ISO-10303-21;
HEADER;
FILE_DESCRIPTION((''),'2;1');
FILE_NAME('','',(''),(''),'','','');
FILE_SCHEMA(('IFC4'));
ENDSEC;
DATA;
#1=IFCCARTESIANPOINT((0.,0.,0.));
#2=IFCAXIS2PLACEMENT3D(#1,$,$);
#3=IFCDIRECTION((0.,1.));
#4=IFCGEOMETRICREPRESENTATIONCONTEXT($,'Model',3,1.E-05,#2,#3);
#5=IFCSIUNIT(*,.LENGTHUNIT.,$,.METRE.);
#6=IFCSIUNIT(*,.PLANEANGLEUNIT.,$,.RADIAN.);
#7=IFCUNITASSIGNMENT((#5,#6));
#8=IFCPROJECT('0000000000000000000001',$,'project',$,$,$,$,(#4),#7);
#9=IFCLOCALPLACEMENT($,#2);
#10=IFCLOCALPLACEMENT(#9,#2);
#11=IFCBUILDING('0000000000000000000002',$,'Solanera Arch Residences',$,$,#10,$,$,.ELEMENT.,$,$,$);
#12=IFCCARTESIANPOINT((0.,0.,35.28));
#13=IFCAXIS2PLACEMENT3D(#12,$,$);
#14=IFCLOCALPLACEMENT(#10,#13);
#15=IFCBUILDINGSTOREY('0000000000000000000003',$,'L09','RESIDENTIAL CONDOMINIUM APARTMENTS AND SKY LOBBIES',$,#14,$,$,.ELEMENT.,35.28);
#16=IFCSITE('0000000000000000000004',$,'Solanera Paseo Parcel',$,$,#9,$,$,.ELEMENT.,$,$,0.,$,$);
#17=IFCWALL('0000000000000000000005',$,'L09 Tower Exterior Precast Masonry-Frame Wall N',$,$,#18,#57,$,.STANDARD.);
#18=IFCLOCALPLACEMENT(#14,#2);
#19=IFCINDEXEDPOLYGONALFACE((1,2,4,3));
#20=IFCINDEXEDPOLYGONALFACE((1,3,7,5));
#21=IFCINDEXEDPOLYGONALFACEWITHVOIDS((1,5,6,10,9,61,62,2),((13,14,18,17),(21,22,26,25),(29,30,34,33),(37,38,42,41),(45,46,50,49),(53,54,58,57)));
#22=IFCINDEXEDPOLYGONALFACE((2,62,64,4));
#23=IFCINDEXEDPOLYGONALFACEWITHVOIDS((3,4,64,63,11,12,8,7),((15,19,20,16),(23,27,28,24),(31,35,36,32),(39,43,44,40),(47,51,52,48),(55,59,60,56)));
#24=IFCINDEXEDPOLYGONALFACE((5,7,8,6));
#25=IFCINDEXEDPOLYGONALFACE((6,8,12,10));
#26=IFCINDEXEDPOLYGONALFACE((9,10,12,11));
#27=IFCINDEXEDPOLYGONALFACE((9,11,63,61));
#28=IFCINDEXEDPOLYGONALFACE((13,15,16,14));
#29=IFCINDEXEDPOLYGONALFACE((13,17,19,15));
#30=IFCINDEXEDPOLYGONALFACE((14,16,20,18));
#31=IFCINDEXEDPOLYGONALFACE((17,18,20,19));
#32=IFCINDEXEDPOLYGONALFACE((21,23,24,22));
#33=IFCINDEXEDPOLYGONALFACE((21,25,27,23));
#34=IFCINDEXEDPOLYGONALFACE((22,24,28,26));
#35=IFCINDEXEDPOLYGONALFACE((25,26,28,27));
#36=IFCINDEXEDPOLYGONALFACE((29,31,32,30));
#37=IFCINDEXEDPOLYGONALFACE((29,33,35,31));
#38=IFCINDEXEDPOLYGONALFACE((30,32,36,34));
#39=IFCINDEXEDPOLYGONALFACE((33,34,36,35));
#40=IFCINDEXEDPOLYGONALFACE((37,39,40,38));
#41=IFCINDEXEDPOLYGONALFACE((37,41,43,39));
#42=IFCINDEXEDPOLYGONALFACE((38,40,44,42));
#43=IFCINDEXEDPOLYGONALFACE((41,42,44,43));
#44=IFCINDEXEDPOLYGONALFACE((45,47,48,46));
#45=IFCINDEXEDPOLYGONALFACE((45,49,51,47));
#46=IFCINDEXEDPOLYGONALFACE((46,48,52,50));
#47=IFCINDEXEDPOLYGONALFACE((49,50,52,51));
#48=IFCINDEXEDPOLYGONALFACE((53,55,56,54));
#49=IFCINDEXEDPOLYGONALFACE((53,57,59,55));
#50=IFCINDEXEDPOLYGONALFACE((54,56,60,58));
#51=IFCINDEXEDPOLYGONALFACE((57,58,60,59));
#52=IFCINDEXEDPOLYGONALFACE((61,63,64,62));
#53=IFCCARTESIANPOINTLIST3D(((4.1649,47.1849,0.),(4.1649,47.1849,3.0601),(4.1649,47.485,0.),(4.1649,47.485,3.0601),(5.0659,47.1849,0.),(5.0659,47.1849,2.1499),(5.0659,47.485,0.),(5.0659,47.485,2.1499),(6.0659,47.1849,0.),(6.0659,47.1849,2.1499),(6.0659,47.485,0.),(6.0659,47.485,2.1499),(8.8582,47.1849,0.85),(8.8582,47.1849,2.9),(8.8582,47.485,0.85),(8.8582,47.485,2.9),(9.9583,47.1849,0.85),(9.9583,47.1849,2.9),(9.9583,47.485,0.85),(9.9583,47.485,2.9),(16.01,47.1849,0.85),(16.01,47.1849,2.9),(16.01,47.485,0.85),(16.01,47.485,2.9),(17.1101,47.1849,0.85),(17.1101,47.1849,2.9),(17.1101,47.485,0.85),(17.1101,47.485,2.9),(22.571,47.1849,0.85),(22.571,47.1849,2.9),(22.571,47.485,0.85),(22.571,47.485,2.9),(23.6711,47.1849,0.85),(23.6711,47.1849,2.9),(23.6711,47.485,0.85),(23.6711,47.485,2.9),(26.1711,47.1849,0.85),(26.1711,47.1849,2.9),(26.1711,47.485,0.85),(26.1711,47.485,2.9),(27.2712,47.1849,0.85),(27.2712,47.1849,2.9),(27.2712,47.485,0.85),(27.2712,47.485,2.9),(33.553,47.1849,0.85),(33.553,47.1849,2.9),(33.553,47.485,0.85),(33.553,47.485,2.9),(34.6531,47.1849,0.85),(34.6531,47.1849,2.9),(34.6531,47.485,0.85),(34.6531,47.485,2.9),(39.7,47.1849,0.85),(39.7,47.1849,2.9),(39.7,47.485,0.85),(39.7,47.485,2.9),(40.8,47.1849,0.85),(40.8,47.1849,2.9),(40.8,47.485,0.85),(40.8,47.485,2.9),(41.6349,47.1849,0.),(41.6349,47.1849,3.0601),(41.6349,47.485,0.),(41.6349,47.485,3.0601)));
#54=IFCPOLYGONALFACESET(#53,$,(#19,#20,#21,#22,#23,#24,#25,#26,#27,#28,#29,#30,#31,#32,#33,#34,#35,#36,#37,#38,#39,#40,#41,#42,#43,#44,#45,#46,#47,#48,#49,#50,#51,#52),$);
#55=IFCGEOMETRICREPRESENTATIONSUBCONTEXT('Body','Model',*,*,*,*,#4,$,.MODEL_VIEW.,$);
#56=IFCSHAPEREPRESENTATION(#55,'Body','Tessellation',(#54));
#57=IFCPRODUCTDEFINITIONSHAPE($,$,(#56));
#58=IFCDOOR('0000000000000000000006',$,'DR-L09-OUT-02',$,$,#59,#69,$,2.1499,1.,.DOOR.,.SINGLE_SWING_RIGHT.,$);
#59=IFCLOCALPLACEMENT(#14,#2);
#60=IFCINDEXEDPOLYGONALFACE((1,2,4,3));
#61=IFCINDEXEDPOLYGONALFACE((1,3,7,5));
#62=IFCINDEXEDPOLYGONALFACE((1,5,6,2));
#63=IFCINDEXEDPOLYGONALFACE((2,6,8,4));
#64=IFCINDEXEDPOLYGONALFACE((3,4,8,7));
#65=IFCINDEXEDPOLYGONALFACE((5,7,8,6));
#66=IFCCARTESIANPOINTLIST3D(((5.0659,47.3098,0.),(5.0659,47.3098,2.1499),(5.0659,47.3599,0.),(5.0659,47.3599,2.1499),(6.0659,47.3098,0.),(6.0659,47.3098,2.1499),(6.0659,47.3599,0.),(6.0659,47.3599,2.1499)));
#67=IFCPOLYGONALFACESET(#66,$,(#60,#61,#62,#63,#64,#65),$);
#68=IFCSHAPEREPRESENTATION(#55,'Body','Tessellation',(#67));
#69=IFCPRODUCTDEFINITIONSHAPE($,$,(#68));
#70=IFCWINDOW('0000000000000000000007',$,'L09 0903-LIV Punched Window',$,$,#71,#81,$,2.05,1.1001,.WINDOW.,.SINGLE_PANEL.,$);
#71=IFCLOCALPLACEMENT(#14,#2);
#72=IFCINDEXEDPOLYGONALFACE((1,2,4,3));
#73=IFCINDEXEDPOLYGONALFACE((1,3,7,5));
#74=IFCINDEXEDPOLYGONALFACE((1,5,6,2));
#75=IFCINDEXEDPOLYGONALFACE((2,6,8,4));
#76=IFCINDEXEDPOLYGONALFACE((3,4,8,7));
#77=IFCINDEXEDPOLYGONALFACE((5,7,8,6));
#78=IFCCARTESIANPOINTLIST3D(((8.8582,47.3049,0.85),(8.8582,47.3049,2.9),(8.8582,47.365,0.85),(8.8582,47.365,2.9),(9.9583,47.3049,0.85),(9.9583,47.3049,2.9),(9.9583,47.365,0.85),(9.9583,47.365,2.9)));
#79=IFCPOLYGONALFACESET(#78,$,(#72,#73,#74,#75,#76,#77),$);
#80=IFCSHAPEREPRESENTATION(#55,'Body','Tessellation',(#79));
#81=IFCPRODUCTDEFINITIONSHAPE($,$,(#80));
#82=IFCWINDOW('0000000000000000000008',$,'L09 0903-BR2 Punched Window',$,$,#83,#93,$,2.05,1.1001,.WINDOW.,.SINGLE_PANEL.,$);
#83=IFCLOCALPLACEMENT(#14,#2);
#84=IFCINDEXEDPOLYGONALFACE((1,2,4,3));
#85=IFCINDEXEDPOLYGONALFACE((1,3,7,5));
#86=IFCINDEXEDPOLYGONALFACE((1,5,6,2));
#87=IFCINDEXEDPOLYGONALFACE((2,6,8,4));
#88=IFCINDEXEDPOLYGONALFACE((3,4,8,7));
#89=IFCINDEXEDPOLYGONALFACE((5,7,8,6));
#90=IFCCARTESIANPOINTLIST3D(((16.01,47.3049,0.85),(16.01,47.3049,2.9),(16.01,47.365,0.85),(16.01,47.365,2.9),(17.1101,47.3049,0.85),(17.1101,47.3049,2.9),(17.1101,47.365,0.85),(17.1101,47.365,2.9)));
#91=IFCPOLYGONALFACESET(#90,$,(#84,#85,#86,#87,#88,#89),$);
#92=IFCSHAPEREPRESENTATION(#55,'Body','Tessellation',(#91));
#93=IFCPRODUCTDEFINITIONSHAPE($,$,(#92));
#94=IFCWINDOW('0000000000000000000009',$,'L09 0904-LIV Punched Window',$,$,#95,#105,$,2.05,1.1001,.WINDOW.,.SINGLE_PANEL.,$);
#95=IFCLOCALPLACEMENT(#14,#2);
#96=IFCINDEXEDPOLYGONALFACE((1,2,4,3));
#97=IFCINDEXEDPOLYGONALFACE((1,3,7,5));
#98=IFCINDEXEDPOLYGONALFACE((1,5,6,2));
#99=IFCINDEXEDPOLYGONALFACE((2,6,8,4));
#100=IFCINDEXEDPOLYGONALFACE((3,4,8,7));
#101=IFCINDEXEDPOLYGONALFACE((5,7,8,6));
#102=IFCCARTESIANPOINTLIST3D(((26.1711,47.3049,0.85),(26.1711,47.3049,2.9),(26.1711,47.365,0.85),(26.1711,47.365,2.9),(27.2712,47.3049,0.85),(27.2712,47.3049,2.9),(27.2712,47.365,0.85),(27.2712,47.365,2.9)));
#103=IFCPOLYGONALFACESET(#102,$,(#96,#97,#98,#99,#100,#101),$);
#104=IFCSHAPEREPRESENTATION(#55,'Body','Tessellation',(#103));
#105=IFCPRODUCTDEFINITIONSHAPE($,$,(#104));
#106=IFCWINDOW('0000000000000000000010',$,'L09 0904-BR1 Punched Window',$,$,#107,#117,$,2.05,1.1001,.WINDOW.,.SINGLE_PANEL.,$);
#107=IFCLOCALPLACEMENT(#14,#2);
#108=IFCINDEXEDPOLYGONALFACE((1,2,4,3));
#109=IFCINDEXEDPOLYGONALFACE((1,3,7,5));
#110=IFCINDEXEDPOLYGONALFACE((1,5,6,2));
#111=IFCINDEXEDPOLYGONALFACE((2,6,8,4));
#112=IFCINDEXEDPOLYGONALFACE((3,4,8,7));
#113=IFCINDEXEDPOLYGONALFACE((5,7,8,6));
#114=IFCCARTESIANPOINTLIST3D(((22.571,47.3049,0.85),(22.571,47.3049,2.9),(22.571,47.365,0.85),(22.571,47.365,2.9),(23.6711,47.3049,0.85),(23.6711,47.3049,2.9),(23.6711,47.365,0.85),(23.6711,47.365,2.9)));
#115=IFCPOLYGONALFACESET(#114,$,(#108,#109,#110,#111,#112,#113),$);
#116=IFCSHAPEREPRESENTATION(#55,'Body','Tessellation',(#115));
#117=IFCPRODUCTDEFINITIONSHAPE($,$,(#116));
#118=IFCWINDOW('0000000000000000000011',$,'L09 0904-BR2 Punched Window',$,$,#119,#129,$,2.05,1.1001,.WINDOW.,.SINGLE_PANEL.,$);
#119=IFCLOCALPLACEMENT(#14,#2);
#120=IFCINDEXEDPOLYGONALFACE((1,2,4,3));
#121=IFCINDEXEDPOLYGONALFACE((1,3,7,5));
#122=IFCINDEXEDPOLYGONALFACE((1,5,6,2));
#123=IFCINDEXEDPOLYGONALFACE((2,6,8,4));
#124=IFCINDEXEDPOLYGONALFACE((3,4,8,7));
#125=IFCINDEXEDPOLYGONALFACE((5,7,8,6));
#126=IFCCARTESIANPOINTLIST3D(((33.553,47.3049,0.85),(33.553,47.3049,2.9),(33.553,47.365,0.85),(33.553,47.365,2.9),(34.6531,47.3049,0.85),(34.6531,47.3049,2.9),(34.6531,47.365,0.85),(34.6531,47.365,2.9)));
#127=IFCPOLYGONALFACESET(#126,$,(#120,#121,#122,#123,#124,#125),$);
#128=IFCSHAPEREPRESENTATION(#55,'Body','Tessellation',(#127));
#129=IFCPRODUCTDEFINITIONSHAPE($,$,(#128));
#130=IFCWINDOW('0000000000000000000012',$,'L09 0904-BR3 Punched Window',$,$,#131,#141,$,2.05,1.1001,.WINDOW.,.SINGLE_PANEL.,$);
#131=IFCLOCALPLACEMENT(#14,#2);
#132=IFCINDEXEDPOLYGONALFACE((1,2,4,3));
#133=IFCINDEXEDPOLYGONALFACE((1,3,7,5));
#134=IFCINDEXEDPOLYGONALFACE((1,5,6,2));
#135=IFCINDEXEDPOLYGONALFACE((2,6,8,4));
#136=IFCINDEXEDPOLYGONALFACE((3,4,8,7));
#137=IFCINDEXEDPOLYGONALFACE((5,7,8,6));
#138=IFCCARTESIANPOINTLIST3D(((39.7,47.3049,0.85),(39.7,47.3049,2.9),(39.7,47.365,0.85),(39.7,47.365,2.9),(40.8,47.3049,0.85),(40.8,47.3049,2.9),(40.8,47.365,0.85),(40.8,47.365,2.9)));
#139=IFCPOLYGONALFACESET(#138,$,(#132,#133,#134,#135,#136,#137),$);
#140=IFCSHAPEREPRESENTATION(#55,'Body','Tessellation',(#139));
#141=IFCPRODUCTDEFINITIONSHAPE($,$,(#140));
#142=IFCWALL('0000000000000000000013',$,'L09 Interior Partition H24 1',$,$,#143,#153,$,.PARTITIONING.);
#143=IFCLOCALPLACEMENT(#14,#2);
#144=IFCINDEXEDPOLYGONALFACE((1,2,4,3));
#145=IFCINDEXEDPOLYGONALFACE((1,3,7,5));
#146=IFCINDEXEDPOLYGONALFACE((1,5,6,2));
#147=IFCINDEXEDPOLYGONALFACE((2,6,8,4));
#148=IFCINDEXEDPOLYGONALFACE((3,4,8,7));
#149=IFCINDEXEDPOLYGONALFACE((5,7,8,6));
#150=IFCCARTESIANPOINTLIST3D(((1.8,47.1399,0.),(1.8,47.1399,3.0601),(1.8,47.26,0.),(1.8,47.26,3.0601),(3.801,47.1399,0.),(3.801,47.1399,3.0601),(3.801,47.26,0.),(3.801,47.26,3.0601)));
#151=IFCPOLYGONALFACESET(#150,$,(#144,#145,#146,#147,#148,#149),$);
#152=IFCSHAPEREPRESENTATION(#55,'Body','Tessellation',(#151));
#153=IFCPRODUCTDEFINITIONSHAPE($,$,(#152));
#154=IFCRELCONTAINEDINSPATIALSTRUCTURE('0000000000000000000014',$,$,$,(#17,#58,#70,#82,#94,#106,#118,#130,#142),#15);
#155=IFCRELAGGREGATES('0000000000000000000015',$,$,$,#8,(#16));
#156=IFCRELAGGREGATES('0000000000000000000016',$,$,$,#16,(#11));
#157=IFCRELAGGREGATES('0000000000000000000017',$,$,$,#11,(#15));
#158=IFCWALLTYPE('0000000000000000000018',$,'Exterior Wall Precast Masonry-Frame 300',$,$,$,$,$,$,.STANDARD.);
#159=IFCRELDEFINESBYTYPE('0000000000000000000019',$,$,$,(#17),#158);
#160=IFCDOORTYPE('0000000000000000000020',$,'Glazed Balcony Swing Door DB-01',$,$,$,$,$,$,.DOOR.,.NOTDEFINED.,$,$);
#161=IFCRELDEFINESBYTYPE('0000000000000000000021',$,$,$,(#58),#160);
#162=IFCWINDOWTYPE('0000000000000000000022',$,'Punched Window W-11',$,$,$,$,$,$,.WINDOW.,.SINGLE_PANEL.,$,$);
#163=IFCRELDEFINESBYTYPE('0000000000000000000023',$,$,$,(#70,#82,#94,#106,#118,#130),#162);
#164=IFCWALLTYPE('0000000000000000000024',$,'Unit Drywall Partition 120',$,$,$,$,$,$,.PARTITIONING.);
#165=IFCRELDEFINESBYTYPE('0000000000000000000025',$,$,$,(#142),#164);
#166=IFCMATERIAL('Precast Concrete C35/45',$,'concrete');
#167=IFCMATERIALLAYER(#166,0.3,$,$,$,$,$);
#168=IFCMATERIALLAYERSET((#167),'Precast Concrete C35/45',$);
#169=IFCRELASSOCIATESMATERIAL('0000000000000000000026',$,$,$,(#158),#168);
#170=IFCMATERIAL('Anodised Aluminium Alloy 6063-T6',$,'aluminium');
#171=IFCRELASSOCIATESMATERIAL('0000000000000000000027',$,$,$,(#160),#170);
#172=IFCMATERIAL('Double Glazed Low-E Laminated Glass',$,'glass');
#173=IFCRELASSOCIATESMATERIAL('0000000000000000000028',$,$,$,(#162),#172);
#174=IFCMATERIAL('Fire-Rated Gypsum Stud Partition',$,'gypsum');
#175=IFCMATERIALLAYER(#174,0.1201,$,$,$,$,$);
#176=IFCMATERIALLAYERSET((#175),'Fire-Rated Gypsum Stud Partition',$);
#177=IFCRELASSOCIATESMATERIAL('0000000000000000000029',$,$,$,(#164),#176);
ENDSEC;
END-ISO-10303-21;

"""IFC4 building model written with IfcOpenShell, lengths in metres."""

from ifc_helpers import new_model, si_unit, direction, frame, frame_2d, origin, place, context, subcontext, project, spatial, rectangle, extrude, material, layer, layer_set, type_object, element, fill, save


model = new_model("IFC4")

# Units and contexts
model_context = context("Model", 3, precision=1e-05, world=origin(), true_north=direction((0.0, 1.0)))
body_context = subcontext(model_context, "Body", "Model", "MODEL_VIEW")
ifc_project = project(units=[si_unit("LENGTHUNIT", "METRE"), si_unit("PLANEANGLEUNIT", "RADIAN")], contexts=[model_context])

# Site, building, storey
site_placement = place(None, origin())
site = spatial("IfcSite", under=ifc_project, at=site_placement, Name="Solanera Paseo Parcel", CompositionType="ELEMENT", RefElevation=0.0)
building_placement = place(site_placement, origin())
building = spatial("IfcBuilding", under=site, at=building_placement, Name="Solanera Arch Residences", CompositionType="ELEMENT")
storey_placement = place(building_placement, frame((0.0, 0.0, 35.28)))
storey = spatial("IfcBuildingStorey", under=building, at=storey_placement, Name="L09", Description="RESIDENTIAL CONDOMINIUM APARTMENTS AND SKY LOBBIES", CompositionType="ELEMENT", Elevation=35.28)

# Shared definitions
ifc_material_1 = material(Name="Precast Concrete C35/45", Category="concrete")
ifc_layer_1 = layer(ifc_material_1, 0.3)
ifc_layer_set_1 = layer_set([ifc_layer_1], Name="Precast Concrete C35/45")
wall_type_1 = type_object("IfcWallType", Name="Exterior Wall Precast Masonry-Frame 300", PredefinedType="STANDARD", material=ifc_layer_set_1)

# Wall, openings, door, windows
wall_1_placement = place(storey_placement, frame((4.165, 47.335, 0.0), z_axis=(0.0, 0.0, 1.0), x_axis=(1.0, 0.0, 0.0)))
wall_1 = element("IfcWall", 1, at=wall_1_placement, inside=storey, type_object=wall_type_1, Name="L09 Tower Exterior Precast Masonry-Frame Wall N", PredefinedType="STANDARD", context=body_context, shape_type="SweptSolid", body=[
    extrude(rectangle(XDim=37.47, YDim=0.3, at=frame_2d((18.7349, 0.0))), origin(), (0.0, 0.0, 1.0), 3.0601),
])
opening_1_placement = place(wall_1_placement, frame((0.9009, 0.0, 0.0)))
opening_1 = element("IfcOpeningElement", 2, at=opening_1_placement, cuts=wall_1, PredefinedType="OPENING", context=body_context, shape_type="SweptSolid", body=[
    extrude(rectangle(XDim=1.0, YDim=2.1499, at=frame_2d((0.5, 1.075))), frame((0.0, 0.1599, 0.0), z_axis=(0.0, -1.0, 0.0), x_axis=(1.0, 0.0, 0.0)), (0.0, 0.0, 1.0), 0.32),
])
opening_2_placement = place(wall_1_placement, frame((4.6931, 0.0, 0.8501)))
opening_2 = element("IfcOpeningElement", 3, at=opening_2_placement, cuts=wall_1, PredefinedType="OPENING", context=body_context, shape_type="SweptSolid", body=[
    extrude(rectangle(XDim=1.1001, YDim=2.05, at=frame_2d((0.55, 1.0249))), frame((0.0, 0.1599, 0.0), z_axis=(0.0, -1.0, 0.0), x_axis=(1.0, 0.0, 0.0)), (0.0, 0.0, 1.0), 0.32),
])
opening_3_placement = place(wall_1_placement, frame((11.845, 0.0, 0.8501)))
opening_3 = element("IfcOpeningElement", 4, at=opening_3_placement, cuts=wall_1, PredefinedType="OPENING", context=body_context, shape_type="SweptSolid", body=[
    extrude(rectangle(XDim=1.1001, YDim=2.05, at=frame_2d((0.55, 1.0249))), frame((0.0, 0.1599, 0.0), z_axis=(0.0, -1.0, 0.0), x_axis=(1.0, 0.0, 0.0)), (0.0, 0.0, 1.0), 0.32),
])
opening_4_placement = place(wall_1_placement, frame((22.0061, 0.0, 0.8501)))
opening_4 = element("IfcOpeningElement", 5, at=opening_4_placement, cuts=wall_1, PredefinedType="OPENING", context=body_context, shape_type="SweptSolid", body=[
    extrude(rectangle(XDim=1.1001, YDim=2.05, at=frame_2d((0.55, 1.0249))), frame((0.0, 0.1599, 0.0), z_axis=(0.0, -1.0, 0.0), x_axis=(1.0, 0.0, 0.0)), (0.0, 0.0, 1.0), 0.32),
])
opening_5_placement = place(wall_1_placement, frame((18.406, 0.0, 0.8501)))
opening_5 = element("IfcOpeningElement", 6, at=opening_5_placement, cuts=wall_1, PredefinedType="OPENING", context=body_context, shape_type="SweptSolid", body=[
    extrude(rectangle(XDim=1.1001, YDim=2.05, at=frame_2d((0.55, 1.0249))), frame((0.0, 0.1599, 0.0), z_axis=(0.0, -1.0, 0.0), x_axis=(1.0, 0.0, 0.0)), (0.0, 0.0, 1.0), 0.32),
])
opening_6_placement = place(wall_1_placement, frame((29.3879, 0.0, 0.8501)))
opening_6 = element("IfcOpeningElement", 7, at=opening_6_placement, cuts=wall_1, PredefinedType="OPENING", context=body_context, shape_type="SweptSolid", body=[
    extrude(rectangle(XDim=1.1001, YDim=2.05, at=frame_2d((0.55, 1.0249))), frame((0.0, 0.1599, 0.0), z_axis=(0.0, -1.0, 0.0), x_axis=(1.0, 0.0, 0.0)), (0.0, 0.0, 1.0), 0.32),
])
opening_7_placement = place(wall_1_placement, frame((35.5349, 0.0, 0.8501)))
opening_7 = element("IfcOpeningElement", 8, at=opening_7_placement, cuts=wall_1, PredefinedType="OPENING", context=body_context, shape_type="SweptSolid", body=[
    extrude(rectangle(XDim=1.1001, YDim=2.05, at=frame_2d((0.55, 1.0249))), frame((0.0, 0.1599, 0.0), z_axis=(0.0, -1.0, 0.0), x_axis=(1.0, 0.0, 0.0)), (0.0, 0.0, 1.0), 0.32),
])
ifc_material_2 = material(Name="Anodised Aluminium Alloy 6063-T6", Category="aluminium")
door_type_1 = type_object("IfcDoorType", Name="Glazed Balcony Swing Door DB-01", OperationType="NOTDEFINED", PredefinedType="DOOR", material=ifc_material_2)
door_1_placement = place(opening_1_placement, origin())
door_1 = element("IfcDoor", 9, at=door_1_placement, inside=storey, type_object=door_type_1, Name="DR-L09-OUT-02", OperationType="SINGLE_SWING_RIGHT", OverallHeight=2.1499, OverallWidth=1.0, PredefinedType="DOOR", context=body_context, shape_type="SweptSolid", body=[
    extrude(rectangle(XDim=1.0, YDim=2.1499, at=frame_2d((0.5, 1.075))), frame((0.0, 0.0249, 0.0), z_axis=(0.0, -1.0, 0.0), x_axis=(1.0, 0.0, 0.0)), (0.0, 0.0, 1.0), 0.05),
])
fill(opening_1, door_1)
ifc_material_3 = material(Name="Double Glazed Low-E Laminated Glass", Category="glass")
window_type_1 = type_object("IfcWindowType", Name="Punched Window W-11", PartitioningType="SINGLE_PANEL", PredefinedType="WINDOW", material=ifc_material_3)
window_1_placement = place(opening_2_placement, origin())
window_1 = element("IfcWindow", 10, at=window_1_placement, inside=storey, type_object=window_type_1, Name="L09 0903-LIV Punched Window", OverallHeight=2.05, OverallWidth=1.1001, PartitioningType="SINGLE_PANEL", PredefinedType="WINDOW", context=body_context, shape_type="SweptSolid", body=[
    extrude(rectangle(XDim=1.1001, YDim=2.05, at=frame_2d((0.55, 1.0249))), frame((0.0, 0.03, 0.0), z_axis=(0.0, -1.0, 0.0), x_axis=(1.0, 0.0, 0.0)), (0.0, 0.0, 1.0), 0.0601),
])
fill(opening_2, window_1)
window_2_placement = place(opening_3_placement, origin())
window_2 = element("IfcWindow", 11, at=window_2_placement, inside=storey, type_object=window_type_1, Name="L09 0903-BR2 Punched Window", OverallHeight=2.05, OverallWidth=1.1001, PartitioningType="SINGLE_PANEL", PredefinedType="WINDOW", context=body_context, shape_type="SweptSolid", body=[
    extrude(rectangle(XDim=1.1001, YDim=2.05, at=frame_2d((0.55, 1.0249))), frame((0.0, 0.03, 0.0), z_axis=(0.0, -1.0, 0.0), x_axis=(1.0, 0.0, 0.0)), (0.0, 0.0, 1.0), 0.0601),
])
fill(opening_3, window_2)
window_3_placement = place(opening_4_placement, origin())
window_3 = element("IfcWindow", 12, at=window_3_placement, inside=storey, type_object=window_type_1, Name="L09 0904-LIV Punched Window", OverallHeight=2.05, OverallWidth=1.1001, PartitioningType="SINGLE_PANEL", PredefinedType="WINDOW", context=body_context, shape_type="SweptSolid", body=[
    extrude(rectangle(XDim=1.1001, YDim=2.05, at=frame_2d((0.55, 1.0249))), frame((0.0, 0.03, 0.0), z_axis=(0.0, -1.0, 0.0), x_axis=(1.0, 0.0, 0.0)), (0.0, 0.0, 1.0), 0.0601),
])
fill(opening_4, window_3)
window_4_placement = place(opening_5_placement, origin())
window_4 = element("IfcWindow", 13, at=window_4_placement, inside=storey, type_object=window_type_1, Name="L09 0904-BR1 Punched Window", OverallHeight=2.05, OverallWidth=1.1001, PartitioningType="SINGLE_PANEL", PredefinedType="WINDOW", context=body_context, shape_type="SweptSolid", body=[
    extrude(rectangle(XDim=1.1001, YDim=2.05, at=frame_2d((0.55, 1.0249))), frame((0.0, 0.03, 0.0), z_axis=(0.0, -1.0, 0.0), x_axis=(1.0, 0.0, 0.0)), (0.0, 0.0, 1.0), 0.0601),
])
fill(opening_5, window_4)
window_5_placement = place(opening_6_placement, origin())
window_5 = element("IfcWindow", 14, at=window_5_placement, inside=storey, type_object=window_type_1, Name="L09 0904-BR2 Punched Window", OverallHeight=2.05, OverallWidth=1.1001, PartitioningType="SINGLE_PANEL", PredefinedType="WINDOW", context=body_context, shape_type="SweptSolid", body=[
    extrude(rectangle(XDim=1.1001, YDim=2.05, at=frame_2d((0.55, 1.0249))), frame((0.0, 0.03, 0.0), z_axis=(0.0, -1.0, 0.0), x_axis=(1.0, 0.0, 0.0)), (0.0, 0.0, 1.0), 0.0601),
])
fill(opening_6, window_5)
window_6_placement = place(opening_7_placement, origin())
window_6 = element("IfcWindow", 15, at=window_6_placement, inside=storey, type_object=window_type_1, Name="L09 0904-BR3 Punched Window", OverallHeight=2.05, OverallWidth=1.1001, PartitioningType="SINGLE_PANEL", PredefinedType="WINDOW", context=body_context, shape_type="SweptSolid", body=[
    extrude(rectangle(XDim=1.1001, YDim=2.05, at=frame_2d((0.55, 1.0249))), frame((0.0, 0.03, 0.0), z_axis=(0.0, -1.0, 0.0), x_axis=(1.0, 0.0, 0.0)), (0.0, 0.0, 1.0), 0.0601),
])
fill(opening_7, window_6)

# Wall
ifc_material_4 = material(Name="Fire-Rated Gypsum Stud Partition", Category="gypsum")
ifc_layer_2 = layer(ifc_material_4, 0.1201)
ifc_layer_set_2 = layer_set([ifc_layer_2], Name="Fire-Rated Gypsum Stud Partition")
wall_type_2 = type_object("IfcWallType", Name="Unit Drywall Partition 120", PredefinedType="PARTITIONING", material=ifc_layer_set_2)
wall_2_placement = place(storey_placement, frame((1.8, 47.2, 0.0), z_axis=(0.0, 0.0, 1.0), x_axis=(1.0, 0.0, 0.0)))
element("IfcWall", 16, at=wall_2_placement, inside=storey, type_object=wall_type_2, Name="L09 Interior Partition H24 1", PredefinedType="PARTITIONING", context=body_context, shape_type="SweptSolid", body=[
    extrude(rectangle(XDim=2.001, YDim=0.1201, at=frame_2d((1.0005, 0.0))), origin(), (0.0, 0.0, 1.0), 3.0601),
])

save(model, "model.ifc")
